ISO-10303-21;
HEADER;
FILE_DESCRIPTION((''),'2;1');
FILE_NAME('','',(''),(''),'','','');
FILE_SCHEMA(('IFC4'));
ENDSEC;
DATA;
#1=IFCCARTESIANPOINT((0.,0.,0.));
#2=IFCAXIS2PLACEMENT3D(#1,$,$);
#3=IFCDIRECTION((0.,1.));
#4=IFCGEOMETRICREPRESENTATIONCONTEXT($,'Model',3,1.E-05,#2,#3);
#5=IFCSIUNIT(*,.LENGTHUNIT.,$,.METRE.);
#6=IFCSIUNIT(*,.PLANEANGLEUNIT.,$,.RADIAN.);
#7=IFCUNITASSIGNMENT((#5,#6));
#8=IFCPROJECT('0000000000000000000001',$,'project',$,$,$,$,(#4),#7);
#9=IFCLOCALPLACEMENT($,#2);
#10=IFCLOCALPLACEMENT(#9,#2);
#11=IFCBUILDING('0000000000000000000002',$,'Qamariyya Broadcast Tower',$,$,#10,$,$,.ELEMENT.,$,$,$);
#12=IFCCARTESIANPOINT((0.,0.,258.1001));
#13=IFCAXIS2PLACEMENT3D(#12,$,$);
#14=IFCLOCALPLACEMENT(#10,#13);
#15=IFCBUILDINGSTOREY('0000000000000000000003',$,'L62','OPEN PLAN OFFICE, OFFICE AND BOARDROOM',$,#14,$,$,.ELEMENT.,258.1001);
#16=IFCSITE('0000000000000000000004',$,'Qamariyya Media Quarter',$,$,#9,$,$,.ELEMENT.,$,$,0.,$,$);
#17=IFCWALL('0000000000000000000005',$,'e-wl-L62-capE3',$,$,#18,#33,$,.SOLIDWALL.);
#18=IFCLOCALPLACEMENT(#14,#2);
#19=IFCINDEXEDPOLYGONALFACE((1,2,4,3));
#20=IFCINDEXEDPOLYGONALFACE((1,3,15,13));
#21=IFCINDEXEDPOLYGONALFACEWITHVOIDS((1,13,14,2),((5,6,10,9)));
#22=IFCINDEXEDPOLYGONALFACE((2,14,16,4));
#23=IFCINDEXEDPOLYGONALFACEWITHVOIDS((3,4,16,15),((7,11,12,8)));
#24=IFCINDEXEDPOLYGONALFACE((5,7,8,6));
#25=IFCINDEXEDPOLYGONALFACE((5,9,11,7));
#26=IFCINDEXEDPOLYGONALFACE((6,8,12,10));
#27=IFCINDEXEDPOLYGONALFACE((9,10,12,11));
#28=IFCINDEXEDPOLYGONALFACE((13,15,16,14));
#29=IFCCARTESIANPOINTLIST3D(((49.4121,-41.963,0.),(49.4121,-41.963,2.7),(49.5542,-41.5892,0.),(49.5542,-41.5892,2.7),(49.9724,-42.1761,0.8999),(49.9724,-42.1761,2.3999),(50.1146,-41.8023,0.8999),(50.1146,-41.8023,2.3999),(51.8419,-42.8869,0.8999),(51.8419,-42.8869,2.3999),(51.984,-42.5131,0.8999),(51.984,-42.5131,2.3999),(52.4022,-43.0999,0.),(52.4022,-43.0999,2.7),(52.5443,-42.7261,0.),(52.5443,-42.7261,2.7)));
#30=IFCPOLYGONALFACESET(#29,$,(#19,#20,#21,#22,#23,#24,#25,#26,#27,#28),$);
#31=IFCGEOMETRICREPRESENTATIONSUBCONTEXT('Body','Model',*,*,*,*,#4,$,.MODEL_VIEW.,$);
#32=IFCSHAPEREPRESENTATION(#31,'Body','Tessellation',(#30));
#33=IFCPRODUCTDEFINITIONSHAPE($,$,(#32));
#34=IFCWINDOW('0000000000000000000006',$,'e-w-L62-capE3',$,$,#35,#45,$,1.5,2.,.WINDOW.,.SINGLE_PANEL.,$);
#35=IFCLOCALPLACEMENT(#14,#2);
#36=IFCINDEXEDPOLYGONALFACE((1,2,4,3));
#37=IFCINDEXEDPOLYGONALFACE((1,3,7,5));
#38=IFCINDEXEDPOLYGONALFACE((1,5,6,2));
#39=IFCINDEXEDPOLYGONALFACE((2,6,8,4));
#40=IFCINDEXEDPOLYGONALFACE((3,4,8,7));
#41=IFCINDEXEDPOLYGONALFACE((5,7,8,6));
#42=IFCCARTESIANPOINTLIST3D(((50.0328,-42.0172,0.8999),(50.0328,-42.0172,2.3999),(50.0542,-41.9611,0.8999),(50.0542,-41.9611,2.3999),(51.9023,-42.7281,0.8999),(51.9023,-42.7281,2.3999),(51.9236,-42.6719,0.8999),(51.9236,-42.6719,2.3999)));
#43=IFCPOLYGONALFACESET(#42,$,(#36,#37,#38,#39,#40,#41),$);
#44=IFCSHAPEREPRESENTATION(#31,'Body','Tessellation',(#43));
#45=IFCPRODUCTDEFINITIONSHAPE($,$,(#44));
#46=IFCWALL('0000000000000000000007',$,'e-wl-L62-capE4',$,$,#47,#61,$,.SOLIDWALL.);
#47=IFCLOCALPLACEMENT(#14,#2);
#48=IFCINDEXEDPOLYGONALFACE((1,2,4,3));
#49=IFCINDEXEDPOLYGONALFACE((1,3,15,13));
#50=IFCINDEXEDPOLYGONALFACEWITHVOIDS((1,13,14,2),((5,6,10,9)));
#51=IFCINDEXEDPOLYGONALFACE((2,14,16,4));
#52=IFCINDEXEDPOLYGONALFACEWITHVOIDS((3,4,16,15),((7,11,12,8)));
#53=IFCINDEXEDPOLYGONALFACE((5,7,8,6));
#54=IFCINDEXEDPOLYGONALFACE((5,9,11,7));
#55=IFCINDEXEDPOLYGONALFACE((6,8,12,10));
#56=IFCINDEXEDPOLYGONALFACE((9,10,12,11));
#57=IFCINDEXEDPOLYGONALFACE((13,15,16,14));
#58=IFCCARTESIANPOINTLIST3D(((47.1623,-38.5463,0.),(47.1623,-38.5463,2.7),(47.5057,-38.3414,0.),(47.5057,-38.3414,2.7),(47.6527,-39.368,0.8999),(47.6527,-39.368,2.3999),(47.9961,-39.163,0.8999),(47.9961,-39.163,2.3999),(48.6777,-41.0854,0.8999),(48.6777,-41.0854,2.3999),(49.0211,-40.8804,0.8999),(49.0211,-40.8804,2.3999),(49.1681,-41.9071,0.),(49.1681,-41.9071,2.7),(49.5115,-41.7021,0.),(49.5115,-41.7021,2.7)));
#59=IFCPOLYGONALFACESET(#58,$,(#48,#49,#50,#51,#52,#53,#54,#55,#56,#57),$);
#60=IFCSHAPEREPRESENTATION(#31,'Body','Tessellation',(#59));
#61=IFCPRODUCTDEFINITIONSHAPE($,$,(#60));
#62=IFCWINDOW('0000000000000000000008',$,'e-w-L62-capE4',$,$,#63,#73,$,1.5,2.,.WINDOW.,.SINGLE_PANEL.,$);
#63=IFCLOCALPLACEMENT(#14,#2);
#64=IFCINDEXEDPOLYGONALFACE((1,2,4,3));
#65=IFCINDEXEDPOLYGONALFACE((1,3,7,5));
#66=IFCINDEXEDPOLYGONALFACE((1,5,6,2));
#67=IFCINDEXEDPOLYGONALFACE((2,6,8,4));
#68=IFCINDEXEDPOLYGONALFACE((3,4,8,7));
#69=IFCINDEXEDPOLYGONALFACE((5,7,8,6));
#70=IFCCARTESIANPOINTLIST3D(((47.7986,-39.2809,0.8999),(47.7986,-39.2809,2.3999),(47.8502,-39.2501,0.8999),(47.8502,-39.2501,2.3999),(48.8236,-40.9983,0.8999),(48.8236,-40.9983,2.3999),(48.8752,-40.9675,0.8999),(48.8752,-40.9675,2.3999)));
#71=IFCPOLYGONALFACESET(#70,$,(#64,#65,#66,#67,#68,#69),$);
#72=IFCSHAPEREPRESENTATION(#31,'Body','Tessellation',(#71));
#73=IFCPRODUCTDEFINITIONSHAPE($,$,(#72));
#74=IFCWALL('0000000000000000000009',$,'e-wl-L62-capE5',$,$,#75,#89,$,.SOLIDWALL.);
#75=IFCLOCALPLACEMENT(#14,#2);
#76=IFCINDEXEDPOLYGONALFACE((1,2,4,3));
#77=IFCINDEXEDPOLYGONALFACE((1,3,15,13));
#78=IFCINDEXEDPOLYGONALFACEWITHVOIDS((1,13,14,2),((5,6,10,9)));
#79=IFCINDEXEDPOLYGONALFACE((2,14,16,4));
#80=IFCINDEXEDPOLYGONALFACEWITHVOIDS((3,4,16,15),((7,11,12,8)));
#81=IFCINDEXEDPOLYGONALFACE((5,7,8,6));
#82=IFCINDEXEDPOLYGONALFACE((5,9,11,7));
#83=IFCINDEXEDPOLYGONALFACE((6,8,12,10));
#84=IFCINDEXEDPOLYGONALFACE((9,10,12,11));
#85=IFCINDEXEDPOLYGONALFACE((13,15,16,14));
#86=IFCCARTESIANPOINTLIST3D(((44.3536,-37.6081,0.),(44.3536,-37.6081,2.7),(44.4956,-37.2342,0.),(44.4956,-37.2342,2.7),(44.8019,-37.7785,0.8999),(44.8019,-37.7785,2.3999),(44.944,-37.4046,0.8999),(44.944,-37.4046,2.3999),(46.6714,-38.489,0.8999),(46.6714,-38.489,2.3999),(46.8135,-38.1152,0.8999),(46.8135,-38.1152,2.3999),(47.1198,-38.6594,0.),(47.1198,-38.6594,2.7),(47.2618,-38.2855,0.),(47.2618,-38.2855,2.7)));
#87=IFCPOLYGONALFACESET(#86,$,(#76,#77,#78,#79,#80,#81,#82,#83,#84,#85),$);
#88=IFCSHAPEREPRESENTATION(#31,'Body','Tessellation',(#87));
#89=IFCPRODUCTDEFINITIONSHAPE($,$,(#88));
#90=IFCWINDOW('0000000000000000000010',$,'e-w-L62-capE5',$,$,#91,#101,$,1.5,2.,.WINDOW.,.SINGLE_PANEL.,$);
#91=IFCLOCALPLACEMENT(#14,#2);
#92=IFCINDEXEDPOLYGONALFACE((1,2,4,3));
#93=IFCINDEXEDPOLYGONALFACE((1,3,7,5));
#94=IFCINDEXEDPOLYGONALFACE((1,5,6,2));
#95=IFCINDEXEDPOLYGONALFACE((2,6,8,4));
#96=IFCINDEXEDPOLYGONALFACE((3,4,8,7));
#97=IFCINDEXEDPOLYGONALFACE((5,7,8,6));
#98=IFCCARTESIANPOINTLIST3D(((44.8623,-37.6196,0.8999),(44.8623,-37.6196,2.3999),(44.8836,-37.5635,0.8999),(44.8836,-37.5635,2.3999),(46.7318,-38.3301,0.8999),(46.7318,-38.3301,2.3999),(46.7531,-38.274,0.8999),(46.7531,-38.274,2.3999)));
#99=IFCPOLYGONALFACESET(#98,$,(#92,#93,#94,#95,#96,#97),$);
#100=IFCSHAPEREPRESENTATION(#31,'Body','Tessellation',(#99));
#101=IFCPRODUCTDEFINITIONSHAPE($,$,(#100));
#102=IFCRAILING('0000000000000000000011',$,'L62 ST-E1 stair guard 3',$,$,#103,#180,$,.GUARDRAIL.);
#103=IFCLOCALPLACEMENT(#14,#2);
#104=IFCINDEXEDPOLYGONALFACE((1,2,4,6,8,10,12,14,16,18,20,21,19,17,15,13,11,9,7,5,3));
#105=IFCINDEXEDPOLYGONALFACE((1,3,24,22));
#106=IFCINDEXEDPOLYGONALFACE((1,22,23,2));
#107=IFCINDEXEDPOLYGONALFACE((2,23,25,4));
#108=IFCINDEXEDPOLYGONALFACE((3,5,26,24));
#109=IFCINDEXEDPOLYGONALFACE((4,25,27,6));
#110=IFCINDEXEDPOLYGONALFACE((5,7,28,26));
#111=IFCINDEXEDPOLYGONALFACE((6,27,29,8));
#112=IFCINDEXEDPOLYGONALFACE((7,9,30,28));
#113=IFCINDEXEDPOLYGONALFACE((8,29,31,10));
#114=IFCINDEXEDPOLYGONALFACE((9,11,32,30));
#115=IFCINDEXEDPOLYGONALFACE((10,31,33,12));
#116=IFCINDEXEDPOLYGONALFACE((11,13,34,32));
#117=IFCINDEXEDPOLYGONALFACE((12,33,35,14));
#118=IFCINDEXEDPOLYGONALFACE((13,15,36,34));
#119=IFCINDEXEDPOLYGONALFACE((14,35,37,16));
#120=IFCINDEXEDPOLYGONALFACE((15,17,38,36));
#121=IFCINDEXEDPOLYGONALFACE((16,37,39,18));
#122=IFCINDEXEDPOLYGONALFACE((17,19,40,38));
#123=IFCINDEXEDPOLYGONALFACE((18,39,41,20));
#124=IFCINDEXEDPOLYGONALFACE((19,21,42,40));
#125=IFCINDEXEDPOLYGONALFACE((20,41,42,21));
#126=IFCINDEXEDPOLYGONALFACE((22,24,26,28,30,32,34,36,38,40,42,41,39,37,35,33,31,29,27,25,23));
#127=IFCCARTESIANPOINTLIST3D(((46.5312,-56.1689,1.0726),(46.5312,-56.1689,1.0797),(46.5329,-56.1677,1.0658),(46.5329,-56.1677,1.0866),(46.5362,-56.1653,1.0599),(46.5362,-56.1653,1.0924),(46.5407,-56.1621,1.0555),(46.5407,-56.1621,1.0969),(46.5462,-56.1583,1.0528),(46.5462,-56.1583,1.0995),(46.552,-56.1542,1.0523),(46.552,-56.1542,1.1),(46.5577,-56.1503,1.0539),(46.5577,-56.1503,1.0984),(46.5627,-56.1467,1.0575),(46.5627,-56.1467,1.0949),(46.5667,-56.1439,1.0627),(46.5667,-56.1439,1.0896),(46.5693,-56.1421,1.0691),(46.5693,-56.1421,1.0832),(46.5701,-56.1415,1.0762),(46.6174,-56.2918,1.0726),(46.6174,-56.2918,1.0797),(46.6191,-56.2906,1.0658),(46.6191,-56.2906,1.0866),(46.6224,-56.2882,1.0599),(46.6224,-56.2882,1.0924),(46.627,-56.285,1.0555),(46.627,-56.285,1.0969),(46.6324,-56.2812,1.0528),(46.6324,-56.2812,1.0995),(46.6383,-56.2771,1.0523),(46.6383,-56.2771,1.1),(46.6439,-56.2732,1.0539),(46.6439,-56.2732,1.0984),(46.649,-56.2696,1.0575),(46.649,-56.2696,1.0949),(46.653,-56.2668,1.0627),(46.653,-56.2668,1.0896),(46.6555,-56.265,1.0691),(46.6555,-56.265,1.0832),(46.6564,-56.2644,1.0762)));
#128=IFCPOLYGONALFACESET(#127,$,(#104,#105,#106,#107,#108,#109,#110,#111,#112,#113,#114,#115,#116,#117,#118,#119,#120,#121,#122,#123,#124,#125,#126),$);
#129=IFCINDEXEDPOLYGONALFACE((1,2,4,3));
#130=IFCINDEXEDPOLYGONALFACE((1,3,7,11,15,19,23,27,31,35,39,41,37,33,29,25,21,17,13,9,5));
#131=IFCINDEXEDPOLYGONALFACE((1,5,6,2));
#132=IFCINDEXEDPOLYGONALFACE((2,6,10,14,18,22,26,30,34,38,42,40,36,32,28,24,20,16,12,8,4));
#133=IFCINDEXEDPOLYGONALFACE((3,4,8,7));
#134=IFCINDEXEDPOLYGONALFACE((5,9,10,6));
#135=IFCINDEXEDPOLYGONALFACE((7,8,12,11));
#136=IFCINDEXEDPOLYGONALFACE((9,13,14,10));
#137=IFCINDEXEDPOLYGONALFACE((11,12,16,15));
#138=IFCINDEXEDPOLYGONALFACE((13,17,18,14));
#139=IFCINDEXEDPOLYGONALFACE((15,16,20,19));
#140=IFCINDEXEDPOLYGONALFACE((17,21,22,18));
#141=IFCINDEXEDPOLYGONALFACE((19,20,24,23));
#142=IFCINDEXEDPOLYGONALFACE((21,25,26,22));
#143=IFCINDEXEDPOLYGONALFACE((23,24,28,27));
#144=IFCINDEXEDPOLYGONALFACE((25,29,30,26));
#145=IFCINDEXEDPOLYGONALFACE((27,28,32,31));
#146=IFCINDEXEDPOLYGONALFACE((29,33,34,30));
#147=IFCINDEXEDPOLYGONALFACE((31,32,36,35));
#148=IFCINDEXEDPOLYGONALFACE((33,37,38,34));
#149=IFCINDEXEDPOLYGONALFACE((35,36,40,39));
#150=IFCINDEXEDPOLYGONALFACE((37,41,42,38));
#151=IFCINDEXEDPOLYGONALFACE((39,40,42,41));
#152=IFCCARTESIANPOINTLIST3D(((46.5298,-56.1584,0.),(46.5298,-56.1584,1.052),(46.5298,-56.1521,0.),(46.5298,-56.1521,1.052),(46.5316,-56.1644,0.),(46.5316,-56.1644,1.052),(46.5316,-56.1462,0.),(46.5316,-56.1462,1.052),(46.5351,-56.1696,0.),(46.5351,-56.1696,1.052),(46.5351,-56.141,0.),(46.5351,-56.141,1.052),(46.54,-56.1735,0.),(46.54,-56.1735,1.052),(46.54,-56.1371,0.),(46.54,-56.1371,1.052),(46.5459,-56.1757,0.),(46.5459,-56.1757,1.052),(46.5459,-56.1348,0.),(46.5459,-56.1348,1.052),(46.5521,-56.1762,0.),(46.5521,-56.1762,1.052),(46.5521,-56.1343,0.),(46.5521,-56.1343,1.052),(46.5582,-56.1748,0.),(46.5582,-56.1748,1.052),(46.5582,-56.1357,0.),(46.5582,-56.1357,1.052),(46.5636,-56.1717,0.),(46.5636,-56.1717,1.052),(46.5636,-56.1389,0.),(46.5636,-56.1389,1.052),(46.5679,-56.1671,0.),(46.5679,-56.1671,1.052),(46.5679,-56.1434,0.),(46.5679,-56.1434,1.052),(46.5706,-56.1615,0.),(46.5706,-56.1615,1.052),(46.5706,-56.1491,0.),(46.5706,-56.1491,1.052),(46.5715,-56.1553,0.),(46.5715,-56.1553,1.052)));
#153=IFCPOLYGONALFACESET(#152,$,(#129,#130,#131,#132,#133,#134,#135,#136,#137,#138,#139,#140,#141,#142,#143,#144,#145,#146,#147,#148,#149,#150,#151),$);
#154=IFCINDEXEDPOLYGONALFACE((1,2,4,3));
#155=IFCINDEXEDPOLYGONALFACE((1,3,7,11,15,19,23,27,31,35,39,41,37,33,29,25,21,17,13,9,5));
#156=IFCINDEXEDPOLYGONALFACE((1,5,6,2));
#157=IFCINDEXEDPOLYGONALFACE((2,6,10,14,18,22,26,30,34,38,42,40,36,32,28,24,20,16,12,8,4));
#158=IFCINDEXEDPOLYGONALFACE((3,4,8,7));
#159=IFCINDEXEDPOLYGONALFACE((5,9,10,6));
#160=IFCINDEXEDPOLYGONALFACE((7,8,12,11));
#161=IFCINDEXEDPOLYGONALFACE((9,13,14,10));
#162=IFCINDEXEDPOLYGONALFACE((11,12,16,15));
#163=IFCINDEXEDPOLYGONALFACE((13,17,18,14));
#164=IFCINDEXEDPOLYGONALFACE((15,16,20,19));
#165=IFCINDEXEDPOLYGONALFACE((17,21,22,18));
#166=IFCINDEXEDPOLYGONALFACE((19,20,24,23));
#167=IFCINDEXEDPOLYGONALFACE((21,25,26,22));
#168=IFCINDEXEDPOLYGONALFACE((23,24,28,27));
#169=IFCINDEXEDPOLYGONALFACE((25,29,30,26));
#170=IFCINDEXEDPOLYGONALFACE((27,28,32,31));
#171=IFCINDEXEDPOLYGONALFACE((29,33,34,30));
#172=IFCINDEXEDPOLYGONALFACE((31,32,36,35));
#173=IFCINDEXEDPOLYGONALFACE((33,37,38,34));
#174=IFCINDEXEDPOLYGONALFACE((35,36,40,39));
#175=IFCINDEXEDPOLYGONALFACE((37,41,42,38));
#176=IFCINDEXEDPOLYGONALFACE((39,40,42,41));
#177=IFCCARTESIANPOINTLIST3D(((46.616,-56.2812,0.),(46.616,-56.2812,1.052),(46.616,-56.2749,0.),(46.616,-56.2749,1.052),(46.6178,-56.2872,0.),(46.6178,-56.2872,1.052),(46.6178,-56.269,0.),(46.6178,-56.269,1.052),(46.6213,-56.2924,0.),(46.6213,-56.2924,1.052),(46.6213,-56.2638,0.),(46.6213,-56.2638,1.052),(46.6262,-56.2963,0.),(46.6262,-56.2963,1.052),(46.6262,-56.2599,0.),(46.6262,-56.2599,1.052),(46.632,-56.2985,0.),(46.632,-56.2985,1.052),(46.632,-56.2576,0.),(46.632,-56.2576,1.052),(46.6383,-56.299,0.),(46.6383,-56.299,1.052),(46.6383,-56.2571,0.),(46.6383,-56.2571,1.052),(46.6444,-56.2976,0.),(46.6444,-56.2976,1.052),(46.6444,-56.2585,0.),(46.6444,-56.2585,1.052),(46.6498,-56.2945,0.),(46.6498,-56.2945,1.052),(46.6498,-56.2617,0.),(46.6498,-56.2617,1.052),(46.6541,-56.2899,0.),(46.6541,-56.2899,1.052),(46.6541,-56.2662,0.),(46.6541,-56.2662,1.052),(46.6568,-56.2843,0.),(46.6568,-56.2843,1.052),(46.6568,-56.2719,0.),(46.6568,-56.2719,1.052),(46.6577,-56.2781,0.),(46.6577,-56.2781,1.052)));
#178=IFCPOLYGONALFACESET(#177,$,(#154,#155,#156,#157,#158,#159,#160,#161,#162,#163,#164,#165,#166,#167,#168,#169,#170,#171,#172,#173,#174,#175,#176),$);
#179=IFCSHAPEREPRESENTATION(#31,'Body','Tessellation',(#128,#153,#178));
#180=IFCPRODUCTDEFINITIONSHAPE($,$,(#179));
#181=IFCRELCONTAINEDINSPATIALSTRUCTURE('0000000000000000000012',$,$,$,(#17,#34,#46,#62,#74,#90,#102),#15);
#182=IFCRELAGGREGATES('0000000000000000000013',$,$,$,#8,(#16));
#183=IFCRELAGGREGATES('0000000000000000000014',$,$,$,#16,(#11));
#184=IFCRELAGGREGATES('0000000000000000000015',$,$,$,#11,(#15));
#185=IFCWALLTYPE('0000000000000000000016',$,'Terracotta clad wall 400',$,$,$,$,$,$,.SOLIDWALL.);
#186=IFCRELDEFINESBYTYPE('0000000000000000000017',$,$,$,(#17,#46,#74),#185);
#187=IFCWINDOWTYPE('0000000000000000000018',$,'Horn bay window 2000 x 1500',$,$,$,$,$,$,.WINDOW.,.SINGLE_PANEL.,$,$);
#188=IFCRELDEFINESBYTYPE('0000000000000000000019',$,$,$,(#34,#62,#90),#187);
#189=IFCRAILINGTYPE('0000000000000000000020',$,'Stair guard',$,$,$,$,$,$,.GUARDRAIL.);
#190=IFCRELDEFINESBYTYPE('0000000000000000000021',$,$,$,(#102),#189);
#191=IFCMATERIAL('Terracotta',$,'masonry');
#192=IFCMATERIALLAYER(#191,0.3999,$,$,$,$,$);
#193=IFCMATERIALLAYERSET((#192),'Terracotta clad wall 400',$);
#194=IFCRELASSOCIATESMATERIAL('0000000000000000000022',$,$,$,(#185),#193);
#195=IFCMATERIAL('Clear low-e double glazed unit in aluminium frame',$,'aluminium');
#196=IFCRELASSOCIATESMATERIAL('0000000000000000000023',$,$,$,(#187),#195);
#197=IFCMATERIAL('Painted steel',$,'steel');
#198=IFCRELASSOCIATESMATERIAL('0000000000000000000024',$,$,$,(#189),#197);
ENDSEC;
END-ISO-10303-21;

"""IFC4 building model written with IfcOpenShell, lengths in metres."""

from ifc_helpers import new_model, si_unit, direction, frame, frame_2d, origin, origin_2d, place, context, subcontext, project, spatial, rectangle, circle, extrude, material, layer, layer_set, type_object, element, fill, save


model = new_model("IFC4")

# Units and contexts
model_context = context("Model", 3, precision=1e-05, world=origin(), true_north=direction((0.0, 1.0)))
body_context = subcontext(model_context, "Body", "Model", "MODEL_VIEW")
ifc_project = project(units=[si_unit("LENGTHUNIT", "METRE"), si_unit("PLANEANGLEUNIT", "RADIAN")], contexts=[model_context])

# Site, building, storey
site_placement = place(None, origin())
site = spatial("IfcSite", under=ifc_project, at=site_placement, Name="Qamariyya Media Quarter", CompositionType="ELEMENT", RefElevation=0.0)
building_placement = place(site_placement, origin())
building = spatial("IfcBuilding", under=site, at=building_placement, Name="Qamariyya Broadcast Tower", CompositionType="ELEMENT")
storey_placement = place(building_placement, frame((0.0, 0.0, 258.1001)))
storey = spatial("IfcBuildingStorey", under=building, at=storey_placement, Name="L62", Description="OPEN PLAN OFFICE, OFFICE AND BOARDROOM", CompositionType="ELEMENT", Elevation=258.1001)

# Walls, openings, windows
ifc_material_1 = material(Name="Terracotta", Category="masonry")
ifc_layer_1 = layer(ifc_material_1, 0.3999)
ifc_layer_set_1 = layer_set([ifc_layer_1], Name="Terracotta clad wall 400")
wall_type_1 = type_object("IfcWallType", Name="Terracotta clad wall 400", PredefinedType="SOLIDWALL", material=ifc_layer_set_1)
ifc_material_2 = material(Name="Clear low-e double glazed unit in aluminium frame", Category="aluminium")
window_type = type_object("IfcWindowType", Name="Horn bay window 2000 x 1500", PartitioningType="SINGLE_PANEL", PredefinedType="WINDOW", material=ifc_material_2)
wall_1_placement = place(storey_placement, frame((52.4734, -42.9131, 0.0), z_axis=(0.0, 0.0, 1.0), x_axis=(-0.934714, 0.355402, 0.0)))
wall_1 = element("IfcWall", 1, at=wall_1_placement, inside=storey, type_object=wall_type_1, Name="e-wl-L62-capE3", PredefinedType="SOLIDWALL", context=body_context, shape_type="SweptSolid", body=[
    extrude(rectangle(XDim=3.199, YDim=0.3999, at=frame_2d((1.5996, 0.0))), origin(), (0.0, 0.0, 1.0), 2.7),
])
opening_1_placement = place(wall_1_placement, frame((0.5996, 0.0, 0.8999)))
opening_1 = element("IfcOpeningElement", 2, at=opening_1_placement, cuts=wall_1, PredefinedType="OPENING", context=body_context, shape_type="SweptSolid", body=[
    extrude(rectangle(XDim=2.0, YDim=1.5, at=frame_2d((1.0, 0.75))), frame((0.0, 0.21, 0.0), z_axis=(0.0, -1.0, 0.0), x_axis=(1.0, 0.0, 0.0)), (0.0, 0.0, 1.0), 0.4199),
])
window_1_placement = place(opening_1_placement, origin())
window_1 = element("IfcWindow", 3, at=window_1_placement, inside=storey, type_object=window_type, Name="e-w-L62-capE3", OverallHeight=1.5, OverallWidth=2.0, PartitioningType="SINGLE_PANEL", PredefinedType="WINDOW", context=body_context, shape_type="SweptSolid", body=[
    extrude(rectangle(XDim=2.0, YDim=1.5, at=frame_2d((1.0, 0.75))), frame((0.0, 0.03, 0.0), z_axis=(0.0, -1.0, 0.0), x_axis=(1.0, 0.0, 0.0)), (0.0, 0.0, 1.0), 0.0601),
])
fill(opening_1, window_1)
wall_2_placement = place(storey_placement, frame((49.3398, -41.8047, 0.0), z_axis=(0.0, 0.0, 1.0), x_axis=(-0.512495, 0.85869, 0.0)))
wall_2 = element("IfcWall", 4, at=wall_2_placement, inside=storey, type_object=wall_type_1, Name="e-wl-L62-capE4", PredefinedType="SOLIDWALL", context=body_context, shape_type="SweptSolid", body=[
    extrude(rectangle(XDim=3.9138, YDim=0.3999, at=frame_2d((1.957, 0.0))), origin(), (0.0, 0.0, 1.0), 2.7),
])
opening_2_placement = place(wall_2_placement, frame((0.957, 0.0, 0.8999)))
opening_2 = element("IfcOpeningElement", 5, at=opening_2_placement, cuts=wall_2, PredefinedType="OPENING", context=body_context, shape_type="SweptSolid", body=[
    extrude(rectangle(XDim=2.0, YDim=1.5, at=frame_2d((1.0, 0.75))), frame((0.0, 0.21, 0.0), z_axis=(0.0, -1.0, 0.0), x_axis=(1.0, 0.0, 0.0)), (0.0, 0.0, 1.0), 0.4199),
])
window_2_placement = place(opening_2_placement, origin())
window_2 = element("IfcWindow", 6, at=window_2_placement, inside=storey, type_object=window_type, Name="e-w-L62-capE4", OverallHeight=1.5, OverallWidth=2.0, PartitioningType="SINGLE_PANEL", PredefinedType="WINDOW", context=body_context, shape_type="SweptSolid", body=[
    extrude(rectangle(XDim=2.0, YDim=1.5, at=frame_2d((1.0, 0.75))), frame((0.0, 0.03, 0.0), z_axis=(0.0, -1.0, 0.0), x_axis=(1.0, 0.0, 0.0)), (0.0, 0.0, 1.0), 0.0601),
])
fill(opening_2, window_2)
wall_3_placement = place(storey_placement, frame((47.1907, -38.4724, 0.0), z_axis=(0.0, 0.0, 1.0), x_axis=(-0.934767, 0.355261, 0.0)))
wall_3 = element("IfcWall", 7, at=wall_3_placement, inside=storey, type_object=wall_type_1, Name="e-wl-L62-capE5", PredefinedType="SOLIDWALL", context=body_context, shape_type="SweptSolid", body=[
    extrude(rectangle(XDim=2.9592, YDim=0.3999, at=frame_2d((1.4795, 0.0))), origin(), (0.0, 0.0, 1.0), 2.7),
])
opening_3_placement = place(wall_3_placement, frame((0.4795, 0.0, 0.8999)))
opening_3 = element("IfcOpeningElement", 8, at=opening_3_placement, cuts=wall_3, PredefinedType="OPENING", context=body_context, shape_type="SweptSolid", body=[
    extrude(rectangle(XDim=2.0, YDim=1.5, at=frame_2d((1.0, 0.75))), frame((0.0, 0.21, 0.0), z_axis=(0.0, -1.0, 0.0), x_axis=(1.0, 0.0, 0.0)), (0.0, 0.0, 1.0), 0.4199),
])
window_3_placement = place(opening_3_placement, origin())
window_3 = element("IfcWindow", 9, at=window_3_placement, inside=storey, type_object=window_type, Name="e-w-L62-capE5", OverallHeight=1.5, OverallWidth=2.0, PartitioningType="SINGLE_PANEL", PredefinedType="WINDOW", context=body_context, shape_type="SweptSolid", body=[
    extrude(rectangle(XDim=2.0, YDim=1.5, at=frame_2d((1.0, 0.75))), frame((0.0, 0.03, 0.0), z_axis=(0.0, -1.0, 0.0), x_axis=(1.0, 0.0, 0.0)), (0.0, 0.0, 1.0), 0.0601),
])
fill(opening_3, window_3)

# Railing
ifc_material_3 = material(Name="Painted steel", Category="steel")
railing_type_1 = type_object("IfcRailingType", Name="Stair guard", PredefinedType="GUARDRAIL", material=ifc_material_3)
railing_1_placement = place(storey_placement, frame((46.5505, -56.1553, 0.0)))
element("IfcRailing", 10, at=railing_1_placement, inside=storey, type_object=railing_type_1, Name="L62 ST-E1 stair guard 3", PredefinedType="GUARDRAIL", context=body_context, shape_type="SweptSolid", body=[
    extrude(circle(Radius=0.0239, at=origin_2d()), frame((0.0, 0.0, 1.0762), z_axis=(0.574445, -0.818543, 0.0), x_axis=(0.818543, 0.574445, 0.0)), (0.0, 0.0, 1.0), 0.1501),
    extrude(circle(Radius=0.021, at=origin_2d()), origin(), (0.0, 0.0, 1.0), 1.052),
    extrude(circle(Radius=0.021, at=origin_2d()), frame((0.0862, -0.1228, 0.0)), (0.0, 0.0, 1.0), 1.052),
])

save(model, "model.ifc")
